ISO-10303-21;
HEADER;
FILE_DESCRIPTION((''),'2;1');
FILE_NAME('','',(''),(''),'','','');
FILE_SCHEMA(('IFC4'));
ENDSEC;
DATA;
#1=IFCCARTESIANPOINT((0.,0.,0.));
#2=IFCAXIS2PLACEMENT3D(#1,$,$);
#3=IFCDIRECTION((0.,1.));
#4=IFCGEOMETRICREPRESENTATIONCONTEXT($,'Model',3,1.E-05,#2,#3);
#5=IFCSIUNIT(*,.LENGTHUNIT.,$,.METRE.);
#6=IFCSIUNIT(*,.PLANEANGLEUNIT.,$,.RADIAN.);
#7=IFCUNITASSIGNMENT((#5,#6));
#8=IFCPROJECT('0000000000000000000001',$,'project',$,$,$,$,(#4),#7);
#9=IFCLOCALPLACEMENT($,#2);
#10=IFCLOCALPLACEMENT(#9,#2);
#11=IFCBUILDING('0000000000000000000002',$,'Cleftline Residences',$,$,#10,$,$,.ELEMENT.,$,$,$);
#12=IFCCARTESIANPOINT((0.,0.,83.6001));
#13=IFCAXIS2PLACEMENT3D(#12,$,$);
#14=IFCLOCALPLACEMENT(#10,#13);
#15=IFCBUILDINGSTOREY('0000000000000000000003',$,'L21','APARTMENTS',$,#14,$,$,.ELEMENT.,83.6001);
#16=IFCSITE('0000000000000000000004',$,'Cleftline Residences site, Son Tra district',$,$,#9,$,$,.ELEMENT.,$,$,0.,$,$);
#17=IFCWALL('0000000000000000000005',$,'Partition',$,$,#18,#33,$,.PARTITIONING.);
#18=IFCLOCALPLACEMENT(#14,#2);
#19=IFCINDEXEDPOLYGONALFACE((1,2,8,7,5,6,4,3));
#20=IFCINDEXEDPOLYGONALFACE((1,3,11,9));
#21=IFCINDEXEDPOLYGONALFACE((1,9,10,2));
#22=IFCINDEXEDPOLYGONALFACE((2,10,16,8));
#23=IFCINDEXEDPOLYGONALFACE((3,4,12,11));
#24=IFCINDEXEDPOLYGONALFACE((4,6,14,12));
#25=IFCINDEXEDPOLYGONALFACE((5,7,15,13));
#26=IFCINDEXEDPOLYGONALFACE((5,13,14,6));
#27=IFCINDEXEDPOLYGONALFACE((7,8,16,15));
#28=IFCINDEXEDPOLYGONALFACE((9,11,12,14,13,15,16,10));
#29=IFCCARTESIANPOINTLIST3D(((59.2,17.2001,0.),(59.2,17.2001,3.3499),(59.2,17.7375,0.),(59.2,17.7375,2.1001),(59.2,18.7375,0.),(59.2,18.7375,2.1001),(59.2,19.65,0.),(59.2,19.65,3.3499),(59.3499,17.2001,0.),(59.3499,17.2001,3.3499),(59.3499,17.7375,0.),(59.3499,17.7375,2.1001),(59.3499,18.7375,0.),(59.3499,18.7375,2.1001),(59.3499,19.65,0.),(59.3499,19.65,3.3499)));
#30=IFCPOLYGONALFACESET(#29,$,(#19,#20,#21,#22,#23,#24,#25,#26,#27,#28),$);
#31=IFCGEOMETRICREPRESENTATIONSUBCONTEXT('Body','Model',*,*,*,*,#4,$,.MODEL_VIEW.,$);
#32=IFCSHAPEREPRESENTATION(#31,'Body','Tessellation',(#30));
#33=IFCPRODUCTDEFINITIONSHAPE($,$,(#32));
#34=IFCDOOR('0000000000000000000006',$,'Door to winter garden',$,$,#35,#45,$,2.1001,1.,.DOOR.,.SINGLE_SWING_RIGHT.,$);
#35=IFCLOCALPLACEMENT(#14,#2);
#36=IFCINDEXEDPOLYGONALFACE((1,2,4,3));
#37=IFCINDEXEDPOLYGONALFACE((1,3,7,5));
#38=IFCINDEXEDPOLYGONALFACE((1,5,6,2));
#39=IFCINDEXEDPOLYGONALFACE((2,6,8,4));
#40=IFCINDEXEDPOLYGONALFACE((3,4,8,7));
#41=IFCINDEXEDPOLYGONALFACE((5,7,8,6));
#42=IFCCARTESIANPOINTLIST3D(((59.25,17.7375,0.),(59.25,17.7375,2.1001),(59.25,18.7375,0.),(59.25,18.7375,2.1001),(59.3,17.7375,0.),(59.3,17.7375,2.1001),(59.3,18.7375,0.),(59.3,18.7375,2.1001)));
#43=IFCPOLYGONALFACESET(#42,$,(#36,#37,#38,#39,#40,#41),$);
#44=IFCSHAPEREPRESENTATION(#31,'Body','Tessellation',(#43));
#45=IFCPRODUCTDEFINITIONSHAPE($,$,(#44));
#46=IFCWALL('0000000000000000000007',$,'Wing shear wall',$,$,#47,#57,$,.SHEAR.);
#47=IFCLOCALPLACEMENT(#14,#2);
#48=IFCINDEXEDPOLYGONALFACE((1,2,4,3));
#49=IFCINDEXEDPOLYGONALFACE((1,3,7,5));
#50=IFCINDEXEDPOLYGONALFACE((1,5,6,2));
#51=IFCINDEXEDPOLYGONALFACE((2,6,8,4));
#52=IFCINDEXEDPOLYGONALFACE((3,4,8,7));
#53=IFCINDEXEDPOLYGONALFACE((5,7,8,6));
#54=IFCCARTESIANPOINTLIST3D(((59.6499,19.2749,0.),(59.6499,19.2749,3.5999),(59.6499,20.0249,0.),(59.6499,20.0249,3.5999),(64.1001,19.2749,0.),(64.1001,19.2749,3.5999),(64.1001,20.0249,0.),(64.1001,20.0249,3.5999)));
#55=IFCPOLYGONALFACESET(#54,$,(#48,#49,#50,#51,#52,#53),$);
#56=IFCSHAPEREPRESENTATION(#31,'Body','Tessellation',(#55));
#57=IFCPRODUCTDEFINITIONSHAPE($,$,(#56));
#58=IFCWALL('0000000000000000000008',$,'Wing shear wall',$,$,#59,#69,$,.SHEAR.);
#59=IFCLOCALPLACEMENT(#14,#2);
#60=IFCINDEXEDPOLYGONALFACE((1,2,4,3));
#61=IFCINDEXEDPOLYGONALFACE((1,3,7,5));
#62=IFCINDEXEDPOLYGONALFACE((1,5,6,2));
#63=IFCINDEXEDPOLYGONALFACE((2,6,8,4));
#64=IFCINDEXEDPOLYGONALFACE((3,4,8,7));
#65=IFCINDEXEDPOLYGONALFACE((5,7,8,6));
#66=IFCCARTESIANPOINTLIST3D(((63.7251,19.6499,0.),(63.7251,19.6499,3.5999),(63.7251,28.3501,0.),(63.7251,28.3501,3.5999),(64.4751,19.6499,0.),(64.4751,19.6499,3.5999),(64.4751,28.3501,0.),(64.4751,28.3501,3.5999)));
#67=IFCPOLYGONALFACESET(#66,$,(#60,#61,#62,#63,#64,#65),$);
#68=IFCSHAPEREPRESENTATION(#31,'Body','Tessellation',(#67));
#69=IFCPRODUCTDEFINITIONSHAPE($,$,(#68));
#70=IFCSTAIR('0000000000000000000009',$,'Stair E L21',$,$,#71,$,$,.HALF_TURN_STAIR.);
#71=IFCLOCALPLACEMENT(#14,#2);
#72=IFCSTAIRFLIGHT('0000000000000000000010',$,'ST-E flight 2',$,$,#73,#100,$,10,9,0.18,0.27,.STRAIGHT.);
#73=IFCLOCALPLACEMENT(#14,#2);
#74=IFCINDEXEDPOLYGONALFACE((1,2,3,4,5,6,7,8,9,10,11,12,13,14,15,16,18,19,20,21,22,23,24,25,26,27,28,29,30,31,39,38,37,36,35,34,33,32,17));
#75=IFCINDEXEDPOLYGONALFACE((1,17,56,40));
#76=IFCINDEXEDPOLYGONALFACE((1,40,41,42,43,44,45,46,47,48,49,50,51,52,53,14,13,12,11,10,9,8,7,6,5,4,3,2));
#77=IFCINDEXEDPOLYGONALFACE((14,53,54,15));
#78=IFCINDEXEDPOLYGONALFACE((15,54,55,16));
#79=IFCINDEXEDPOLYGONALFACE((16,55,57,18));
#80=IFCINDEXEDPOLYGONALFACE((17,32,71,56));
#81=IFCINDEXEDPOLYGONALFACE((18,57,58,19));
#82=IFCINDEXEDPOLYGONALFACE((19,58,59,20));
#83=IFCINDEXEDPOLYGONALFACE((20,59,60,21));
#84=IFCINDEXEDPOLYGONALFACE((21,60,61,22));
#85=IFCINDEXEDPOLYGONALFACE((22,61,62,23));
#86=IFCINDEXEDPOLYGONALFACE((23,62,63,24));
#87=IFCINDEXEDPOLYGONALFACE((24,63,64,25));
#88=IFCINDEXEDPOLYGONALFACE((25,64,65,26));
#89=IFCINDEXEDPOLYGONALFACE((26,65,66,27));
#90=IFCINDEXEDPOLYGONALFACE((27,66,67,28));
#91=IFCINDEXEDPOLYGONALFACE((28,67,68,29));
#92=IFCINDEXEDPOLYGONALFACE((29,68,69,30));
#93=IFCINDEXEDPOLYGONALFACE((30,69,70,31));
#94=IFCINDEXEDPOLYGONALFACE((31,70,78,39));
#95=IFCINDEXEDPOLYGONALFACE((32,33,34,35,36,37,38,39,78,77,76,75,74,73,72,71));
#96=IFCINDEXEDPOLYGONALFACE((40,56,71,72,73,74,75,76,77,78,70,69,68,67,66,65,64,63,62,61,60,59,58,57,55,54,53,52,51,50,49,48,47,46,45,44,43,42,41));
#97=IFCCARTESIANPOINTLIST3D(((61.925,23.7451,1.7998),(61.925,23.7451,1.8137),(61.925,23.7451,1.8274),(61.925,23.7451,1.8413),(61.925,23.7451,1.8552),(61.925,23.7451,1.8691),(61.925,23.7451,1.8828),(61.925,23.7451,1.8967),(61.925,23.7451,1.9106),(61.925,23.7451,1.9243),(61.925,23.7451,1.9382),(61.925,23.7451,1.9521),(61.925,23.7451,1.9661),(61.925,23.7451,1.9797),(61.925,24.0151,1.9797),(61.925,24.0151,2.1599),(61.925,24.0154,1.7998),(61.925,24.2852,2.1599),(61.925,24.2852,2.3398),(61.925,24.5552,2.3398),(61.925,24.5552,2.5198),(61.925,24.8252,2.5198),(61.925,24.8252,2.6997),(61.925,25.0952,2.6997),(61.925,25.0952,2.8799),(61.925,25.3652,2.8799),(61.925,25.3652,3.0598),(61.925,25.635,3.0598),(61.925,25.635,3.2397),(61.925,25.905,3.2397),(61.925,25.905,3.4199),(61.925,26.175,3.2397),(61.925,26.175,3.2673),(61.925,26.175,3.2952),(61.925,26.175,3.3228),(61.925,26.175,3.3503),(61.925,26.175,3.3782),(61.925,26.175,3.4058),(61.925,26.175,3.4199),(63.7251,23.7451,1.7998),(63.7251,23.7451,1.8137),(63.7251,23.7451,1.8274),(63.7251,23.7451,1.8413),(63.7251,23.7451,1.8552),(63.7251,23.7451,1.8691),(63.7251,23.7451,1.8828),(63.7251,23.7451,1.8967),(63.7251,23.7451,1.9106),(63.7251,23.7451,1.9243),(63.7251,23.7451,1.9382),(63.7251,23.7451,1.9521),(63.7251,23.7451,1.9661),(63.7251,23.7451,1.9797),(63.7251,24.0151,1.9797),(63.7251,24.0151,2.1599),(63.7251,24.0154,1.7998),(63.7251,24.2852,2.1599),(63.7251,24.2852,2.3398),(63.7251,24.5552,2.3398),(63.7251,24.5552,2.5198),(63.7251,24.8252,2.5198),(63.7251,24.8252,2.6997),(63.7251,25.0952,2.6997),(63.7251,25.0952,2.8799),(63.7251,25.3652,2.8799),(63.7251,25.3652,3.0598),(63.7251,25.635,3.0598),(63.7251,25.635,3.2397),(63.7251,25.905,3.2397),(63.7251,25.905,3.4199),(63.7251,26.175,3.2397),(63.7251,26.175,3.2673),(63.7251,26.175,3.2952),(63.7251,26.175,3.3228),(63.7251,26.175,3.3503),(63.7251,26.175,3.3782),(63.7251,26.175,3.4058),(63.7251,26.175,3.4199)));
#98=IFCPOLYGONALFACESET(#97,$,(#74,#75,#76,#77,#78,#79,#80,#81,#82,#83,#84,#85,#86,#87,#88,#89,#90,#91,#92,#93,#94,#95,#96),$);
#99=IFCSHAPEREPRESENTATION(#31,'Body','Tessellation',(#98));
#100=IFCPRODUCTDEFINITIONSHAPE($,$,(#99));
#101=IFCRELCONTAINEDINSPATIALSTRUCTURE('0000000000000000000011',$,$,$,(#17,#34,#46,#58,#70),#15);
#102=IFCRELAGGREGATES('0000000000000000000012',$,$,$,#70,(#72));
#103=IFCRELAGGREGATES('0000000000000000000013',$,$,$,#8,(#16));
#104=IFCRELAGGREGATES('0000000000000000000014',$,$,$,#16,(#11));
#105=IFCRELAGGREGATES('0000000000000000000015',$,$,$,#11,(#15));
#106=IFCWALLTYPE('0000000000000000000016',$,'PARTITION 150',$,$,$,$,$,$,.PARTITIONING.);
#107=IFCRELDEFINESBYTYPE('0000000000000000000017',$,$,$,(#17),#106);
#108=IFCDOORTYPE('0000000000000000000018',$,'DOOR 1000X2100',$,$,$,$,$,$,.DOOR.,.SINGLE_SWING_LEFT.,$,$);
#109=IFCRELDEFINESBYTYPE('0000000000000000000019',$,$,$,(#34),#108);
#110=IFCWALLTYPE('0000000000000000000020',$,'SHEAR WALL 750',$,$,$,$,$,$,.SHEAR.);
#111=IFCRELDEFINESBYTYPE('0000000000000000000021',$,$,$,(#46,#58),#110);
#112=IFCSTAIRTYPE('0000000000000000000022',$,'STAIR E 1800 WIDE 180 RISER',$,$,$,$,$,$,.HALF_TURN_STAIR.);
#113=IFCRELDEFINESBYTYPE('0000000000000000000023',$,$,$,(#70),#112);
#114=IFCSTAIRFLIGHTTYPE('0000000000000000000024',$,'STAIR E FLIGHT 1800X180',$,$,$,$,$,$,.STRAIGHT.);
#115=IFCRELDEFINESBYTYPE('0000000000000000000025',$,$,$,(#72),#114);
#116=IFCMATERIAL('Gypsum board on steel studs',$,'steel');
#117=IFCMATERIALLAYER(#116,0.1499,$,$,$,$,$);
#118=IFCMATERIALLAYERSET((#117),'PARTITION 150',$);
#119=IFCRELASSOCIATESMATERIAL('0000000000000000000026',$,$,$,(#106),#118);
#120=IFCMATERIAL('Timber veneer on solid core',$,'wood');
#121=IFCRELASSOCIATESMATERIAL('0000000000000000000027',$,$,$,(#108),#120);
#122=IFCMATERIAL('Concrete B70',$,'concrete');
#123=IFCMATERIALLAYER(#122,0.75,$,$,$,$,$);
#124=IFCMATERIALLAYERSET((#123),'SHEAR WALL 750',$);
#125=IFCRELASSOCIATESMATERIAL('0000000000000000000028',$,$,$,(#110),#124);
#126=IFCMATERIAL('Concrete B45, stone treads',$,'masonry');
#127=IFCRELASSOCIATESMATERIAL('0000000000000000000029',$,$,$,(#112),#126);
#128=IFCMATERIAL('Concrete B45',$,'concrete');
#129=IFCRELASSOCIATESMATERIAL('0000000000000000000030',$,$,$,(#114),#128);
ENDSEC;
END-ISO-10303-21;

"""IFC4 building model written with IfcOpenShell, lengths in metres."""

from ifc_helpers import new_model, si_unit, direction, frame, frame_2d, origin, place, context, subcontext, project, spatial, polyline, rectangle, outline, extrude, material, layer, layer_set, type_object, element, fill, aggregate, save


model = new_model("IFC4")

# Units and contexts
model_context = context("Model", 3, precision=1e-05, world=origin(), true_north=direction((0.0, 1.0)))
body_context = subcontext(model_context, "Body", "Model", "MODEL_VIEW")
ifc_project = project(units=[si_unit("LENGTHUNIT", "METRE"), si_unit("PLANEANGLEUNIT", "RADIAN")], contexts=[model_context])

# Site, building, storey
site_placement = place(None, origin())
site = spatial("IfcSite", under=ifc_project, at=site_placement, Name="Cleftline Residences site, Son Tra district", CompositionType="ELEMENT", RefElevation=0.0)
building_placement = place(site_placement, origin())
building = spatial("IfcBuilding", under=site, at=building_placement, Name="Cleftline Residences", CompositionType="ELEMENT")
storey_placement = place(building_placement, frame((0.0, 0.0, 83.6001)))
storey = spatial("IfcBuildingStorey", under=building, at=storey_placement, Name="L21", Description="APARTMENTS", CompositionType="ELEMENT", Elevation=83.6001)

# Shared definitions
ifc_material_1 = material(Name="Gypsum board on steel studs", Category="steel")
ifc_layer_1 = layer(ifc_material_1, 0.1499)
ifc_layer_set_1 = layer_set([ifc_layer_1], Name="PARTITION 150")
wall_type_1 = type_object("IfcWallType", Name="PARTITION 150", PredefinedType="PARTITIONING", material=ifc_layer_set_1)

# Shared definitions
ifc_material_2 = material(Name="Timber veneer on solid core", Category="wood")
door_type_1 = type_object("IfcDoorType", Name="DOOR 1000X2100", OperationType="SINGLE_SWING_LEFT", PredefinedType="DOOR", material=ifc_material_2)

# Wall, opening, door
wall_1_placement = place(storey_placement, frame((59.2749, 17.2, 0.0), z_axis=(0.0, 0.0, 1.0), x_axis=(0.0, 1.0, 0.0)))
wall_1 = element("IfcWall", 1, at=wall_1_placement, inside=storey, type_object=wall_type_1, Name="Partition", PredefinedType="PARTITIONING", context=body_context, shape_type="SweptSolid", body=[
    extrude(rectangle(XDim=2.45, YDim=0.1499, at=frame_2d((1.2251, 0.0))), origin(), (0.0, 0.0, 1.0), 3.3499),
])
opening_1_placement = place(wall_1_placement, frame((0.5376, 0.0, 0.0)))
opening_1 = element("IfcOpeningElement", 2, at=opening_1_placement, cuts=wall_1, PredefinedType="OPENING", context=body_context, shape_type="SweptSolid", body=[
    extrude(rectangle(XDim=1.0, YDim=2.1001, at=frame_2d((0.5, 1.05))), frame((0.0, 0.085, 0.0), z_axis=(0.0, -1.0, 0.0), x_axis=(1.0, 0.0, 0.0)), (0.0, 0.0, 1.0), 0.1699),
])
door_1_placement = place(opening_1_placement, origin())
door_1 = element("IfcDoor", 3, at=door_1_placement, inside=storey, type_object=door_type_1, Name="Door to winter garden", OperationType="SINGLE_SWING_RIGHT", OverallHeight=2.1001, OverallWidth=1.0, PredefinedType="DOOR", context=body_context, shape_type="SweptSolid", body=[
    extrude(rectangle(XDim=1.0, YDim=2.1001, at=frame_2d((0.5, 1.05))), frame((0.0, 0.0249, 0.0), z_axis=(0.0, -1.0, 0.0), x_axis=(1.0, 0.0, 0.0)), (0.0, 0.0, 1.0), 0.05),
])
fill(opening_1, door_1)

# Walls
ifc_material_3 = material(Name="Concrete B70", Category="concrete")
ifc_layer_2 = layer(ifc_material_3, 0.75)
ifc_layer_set_2 = layer_set([ifc_layer_2], Name="SHEAR WALL 750")
wall_type_2 = type_object("IfcWallType", Name="SHEAR WALL 750", PredefinedType="SHEAR", material=ifc_layer_set_2)
wall_2_placement = place(storey_placement, frame((59.6499, 19.6499, 0.0), z_axis=(0.0, 0.0, 1.0), x_axis=(1.0, 0.0, 0.0)))
element("IfcWall", 4, at=wall_2_placement, inside=storey, type_object=wall_type_2, Name="Wing shear wall", PredefinedType="SHEAR", context=body_context, shape_type="SweptSolid", body=[
    extrude(rectangle(XDim=4.4502, YDim=0.75, at=frame_2d((2.2251, 0.0))), origin(), (0.0, 0.0, 1.0), 3.5999),
])
wall_3_placement = place(storey_placement, frame((64.1001, 19.6499, 0.0), z_axis=(0.0, 0.0, 1.0), x_axis=(0.0, 1.0, 0.0)))
element("IfcWall", 5, at=wall_3_placement, inside=storey, type_object=wall_type_2, Name="Wing shear wall", PredefinedType="SHEAR", context=body_context, shape_type="SweptSolid", body=[
    extrude(rectangle(XDim=8.7002, YDim=0.75, at=frame_2d((4.3501, 0.0))), origin(), (0.0, 0.0, 1.0), 3.5999),
])

# Stair, stair flight
ifc_material_4 = material(Name="Concrete B45, stone treads", Category="masonry")
stair_type = type_object("IfcStairType", Name="STAIR E 1800 WIDE 180 RISER", PredefinedType="HALF_TURN_STAIR", material=ifc_material_4)
stair_placement = place(storey_placement, origin())
stair = element("IfcStair", 6, at=stair_placement, inside=storey, type_object=stair_type, Name="Stair E L21", PredefinedType="HALF_TURN_STAIR")
ifc_material_5 = material(Name="Concrete B45", Category="concrete")
stair_flight_type = type_object("IfcStairFlightType", Name="STAIR E FLIGHT 1800X180", PredefinedType="STRAIGHT", material=ifc_material_5)
stair_flight_placement = place(storey_placement, frame((62.825, 23.7451, 1.7998), z_axis=(0.0, 0.0, 1.0), x_axis=(0.0, 1.0, 0.0)))
stair_flight = element("IfcStairFlight", 7, at=stair_flight_placement, type_object=stair_flight_type, Name="ST-E flight 2", NumberOfRisers=10, NumberOfTreads=9, PredefinedType="STRAIGHT", RiserHeight=0.18, TreadLength=0.27, context=body_context, shape_type="SweptSolid", body=[
    extrude(outline(polyline([(0.0, 0.0), (0.0, 0.0139), (0.0, 0.0276), (0.0, 0.0415), (0.0, 0.0554), (0.0, 0.0693), (0.0, 0.083), (0.0, 0.0969), (0.0, 0.1108), (0.0, 0.1245), (0.0, 0.1384), (0.0, 0.1523), (0.0, 0.1663), (0.0, 0.1799), (0.27, 0.1799), (0.27, 0.3601), (0.54, 0.3601), (0.54, 0.54), (0.8101, 0.54), (0.8101, 0.72), (1.0801, 0.72), (1.0801, 0.8999), (1.3501, 0.8999), (1.3501, 1.0801), (1.6201, 1.0801), (1.6201, 1.26), (1.8899, 1.26), (1.8899, 1.4399), (2.1599, 1.4399), (2.1599, 1.6201), (2.4299, 1.6201), (2.4299, 1.8), (2.4299, 1.7722), (2.4299, 1.7446), (2.4299, 1.7168), (2.4299, 1.6892), (2.4299, 1.6614), (2.4299, 1.6338), (2.4299, 1.606), (2.4299, 1.5784), (2.4299, 1.5505), (2.4299, 1.5229), (2.4299, 1.4954), (2.4299, 1.4675), (2.4299, 1.4399), (0.2703, 0.0), (0.0, 0.0)])), frame((0.0, 0.8999, 0.0), z_axis=(0.0, -1.0, 0.0), x_axis=(1.0, 0.0, 0.0)), (0.0, 0.0, 1.0), 1.8),
])
aggregate(stair, [stair_flight])

save(model, "model.ifc")
